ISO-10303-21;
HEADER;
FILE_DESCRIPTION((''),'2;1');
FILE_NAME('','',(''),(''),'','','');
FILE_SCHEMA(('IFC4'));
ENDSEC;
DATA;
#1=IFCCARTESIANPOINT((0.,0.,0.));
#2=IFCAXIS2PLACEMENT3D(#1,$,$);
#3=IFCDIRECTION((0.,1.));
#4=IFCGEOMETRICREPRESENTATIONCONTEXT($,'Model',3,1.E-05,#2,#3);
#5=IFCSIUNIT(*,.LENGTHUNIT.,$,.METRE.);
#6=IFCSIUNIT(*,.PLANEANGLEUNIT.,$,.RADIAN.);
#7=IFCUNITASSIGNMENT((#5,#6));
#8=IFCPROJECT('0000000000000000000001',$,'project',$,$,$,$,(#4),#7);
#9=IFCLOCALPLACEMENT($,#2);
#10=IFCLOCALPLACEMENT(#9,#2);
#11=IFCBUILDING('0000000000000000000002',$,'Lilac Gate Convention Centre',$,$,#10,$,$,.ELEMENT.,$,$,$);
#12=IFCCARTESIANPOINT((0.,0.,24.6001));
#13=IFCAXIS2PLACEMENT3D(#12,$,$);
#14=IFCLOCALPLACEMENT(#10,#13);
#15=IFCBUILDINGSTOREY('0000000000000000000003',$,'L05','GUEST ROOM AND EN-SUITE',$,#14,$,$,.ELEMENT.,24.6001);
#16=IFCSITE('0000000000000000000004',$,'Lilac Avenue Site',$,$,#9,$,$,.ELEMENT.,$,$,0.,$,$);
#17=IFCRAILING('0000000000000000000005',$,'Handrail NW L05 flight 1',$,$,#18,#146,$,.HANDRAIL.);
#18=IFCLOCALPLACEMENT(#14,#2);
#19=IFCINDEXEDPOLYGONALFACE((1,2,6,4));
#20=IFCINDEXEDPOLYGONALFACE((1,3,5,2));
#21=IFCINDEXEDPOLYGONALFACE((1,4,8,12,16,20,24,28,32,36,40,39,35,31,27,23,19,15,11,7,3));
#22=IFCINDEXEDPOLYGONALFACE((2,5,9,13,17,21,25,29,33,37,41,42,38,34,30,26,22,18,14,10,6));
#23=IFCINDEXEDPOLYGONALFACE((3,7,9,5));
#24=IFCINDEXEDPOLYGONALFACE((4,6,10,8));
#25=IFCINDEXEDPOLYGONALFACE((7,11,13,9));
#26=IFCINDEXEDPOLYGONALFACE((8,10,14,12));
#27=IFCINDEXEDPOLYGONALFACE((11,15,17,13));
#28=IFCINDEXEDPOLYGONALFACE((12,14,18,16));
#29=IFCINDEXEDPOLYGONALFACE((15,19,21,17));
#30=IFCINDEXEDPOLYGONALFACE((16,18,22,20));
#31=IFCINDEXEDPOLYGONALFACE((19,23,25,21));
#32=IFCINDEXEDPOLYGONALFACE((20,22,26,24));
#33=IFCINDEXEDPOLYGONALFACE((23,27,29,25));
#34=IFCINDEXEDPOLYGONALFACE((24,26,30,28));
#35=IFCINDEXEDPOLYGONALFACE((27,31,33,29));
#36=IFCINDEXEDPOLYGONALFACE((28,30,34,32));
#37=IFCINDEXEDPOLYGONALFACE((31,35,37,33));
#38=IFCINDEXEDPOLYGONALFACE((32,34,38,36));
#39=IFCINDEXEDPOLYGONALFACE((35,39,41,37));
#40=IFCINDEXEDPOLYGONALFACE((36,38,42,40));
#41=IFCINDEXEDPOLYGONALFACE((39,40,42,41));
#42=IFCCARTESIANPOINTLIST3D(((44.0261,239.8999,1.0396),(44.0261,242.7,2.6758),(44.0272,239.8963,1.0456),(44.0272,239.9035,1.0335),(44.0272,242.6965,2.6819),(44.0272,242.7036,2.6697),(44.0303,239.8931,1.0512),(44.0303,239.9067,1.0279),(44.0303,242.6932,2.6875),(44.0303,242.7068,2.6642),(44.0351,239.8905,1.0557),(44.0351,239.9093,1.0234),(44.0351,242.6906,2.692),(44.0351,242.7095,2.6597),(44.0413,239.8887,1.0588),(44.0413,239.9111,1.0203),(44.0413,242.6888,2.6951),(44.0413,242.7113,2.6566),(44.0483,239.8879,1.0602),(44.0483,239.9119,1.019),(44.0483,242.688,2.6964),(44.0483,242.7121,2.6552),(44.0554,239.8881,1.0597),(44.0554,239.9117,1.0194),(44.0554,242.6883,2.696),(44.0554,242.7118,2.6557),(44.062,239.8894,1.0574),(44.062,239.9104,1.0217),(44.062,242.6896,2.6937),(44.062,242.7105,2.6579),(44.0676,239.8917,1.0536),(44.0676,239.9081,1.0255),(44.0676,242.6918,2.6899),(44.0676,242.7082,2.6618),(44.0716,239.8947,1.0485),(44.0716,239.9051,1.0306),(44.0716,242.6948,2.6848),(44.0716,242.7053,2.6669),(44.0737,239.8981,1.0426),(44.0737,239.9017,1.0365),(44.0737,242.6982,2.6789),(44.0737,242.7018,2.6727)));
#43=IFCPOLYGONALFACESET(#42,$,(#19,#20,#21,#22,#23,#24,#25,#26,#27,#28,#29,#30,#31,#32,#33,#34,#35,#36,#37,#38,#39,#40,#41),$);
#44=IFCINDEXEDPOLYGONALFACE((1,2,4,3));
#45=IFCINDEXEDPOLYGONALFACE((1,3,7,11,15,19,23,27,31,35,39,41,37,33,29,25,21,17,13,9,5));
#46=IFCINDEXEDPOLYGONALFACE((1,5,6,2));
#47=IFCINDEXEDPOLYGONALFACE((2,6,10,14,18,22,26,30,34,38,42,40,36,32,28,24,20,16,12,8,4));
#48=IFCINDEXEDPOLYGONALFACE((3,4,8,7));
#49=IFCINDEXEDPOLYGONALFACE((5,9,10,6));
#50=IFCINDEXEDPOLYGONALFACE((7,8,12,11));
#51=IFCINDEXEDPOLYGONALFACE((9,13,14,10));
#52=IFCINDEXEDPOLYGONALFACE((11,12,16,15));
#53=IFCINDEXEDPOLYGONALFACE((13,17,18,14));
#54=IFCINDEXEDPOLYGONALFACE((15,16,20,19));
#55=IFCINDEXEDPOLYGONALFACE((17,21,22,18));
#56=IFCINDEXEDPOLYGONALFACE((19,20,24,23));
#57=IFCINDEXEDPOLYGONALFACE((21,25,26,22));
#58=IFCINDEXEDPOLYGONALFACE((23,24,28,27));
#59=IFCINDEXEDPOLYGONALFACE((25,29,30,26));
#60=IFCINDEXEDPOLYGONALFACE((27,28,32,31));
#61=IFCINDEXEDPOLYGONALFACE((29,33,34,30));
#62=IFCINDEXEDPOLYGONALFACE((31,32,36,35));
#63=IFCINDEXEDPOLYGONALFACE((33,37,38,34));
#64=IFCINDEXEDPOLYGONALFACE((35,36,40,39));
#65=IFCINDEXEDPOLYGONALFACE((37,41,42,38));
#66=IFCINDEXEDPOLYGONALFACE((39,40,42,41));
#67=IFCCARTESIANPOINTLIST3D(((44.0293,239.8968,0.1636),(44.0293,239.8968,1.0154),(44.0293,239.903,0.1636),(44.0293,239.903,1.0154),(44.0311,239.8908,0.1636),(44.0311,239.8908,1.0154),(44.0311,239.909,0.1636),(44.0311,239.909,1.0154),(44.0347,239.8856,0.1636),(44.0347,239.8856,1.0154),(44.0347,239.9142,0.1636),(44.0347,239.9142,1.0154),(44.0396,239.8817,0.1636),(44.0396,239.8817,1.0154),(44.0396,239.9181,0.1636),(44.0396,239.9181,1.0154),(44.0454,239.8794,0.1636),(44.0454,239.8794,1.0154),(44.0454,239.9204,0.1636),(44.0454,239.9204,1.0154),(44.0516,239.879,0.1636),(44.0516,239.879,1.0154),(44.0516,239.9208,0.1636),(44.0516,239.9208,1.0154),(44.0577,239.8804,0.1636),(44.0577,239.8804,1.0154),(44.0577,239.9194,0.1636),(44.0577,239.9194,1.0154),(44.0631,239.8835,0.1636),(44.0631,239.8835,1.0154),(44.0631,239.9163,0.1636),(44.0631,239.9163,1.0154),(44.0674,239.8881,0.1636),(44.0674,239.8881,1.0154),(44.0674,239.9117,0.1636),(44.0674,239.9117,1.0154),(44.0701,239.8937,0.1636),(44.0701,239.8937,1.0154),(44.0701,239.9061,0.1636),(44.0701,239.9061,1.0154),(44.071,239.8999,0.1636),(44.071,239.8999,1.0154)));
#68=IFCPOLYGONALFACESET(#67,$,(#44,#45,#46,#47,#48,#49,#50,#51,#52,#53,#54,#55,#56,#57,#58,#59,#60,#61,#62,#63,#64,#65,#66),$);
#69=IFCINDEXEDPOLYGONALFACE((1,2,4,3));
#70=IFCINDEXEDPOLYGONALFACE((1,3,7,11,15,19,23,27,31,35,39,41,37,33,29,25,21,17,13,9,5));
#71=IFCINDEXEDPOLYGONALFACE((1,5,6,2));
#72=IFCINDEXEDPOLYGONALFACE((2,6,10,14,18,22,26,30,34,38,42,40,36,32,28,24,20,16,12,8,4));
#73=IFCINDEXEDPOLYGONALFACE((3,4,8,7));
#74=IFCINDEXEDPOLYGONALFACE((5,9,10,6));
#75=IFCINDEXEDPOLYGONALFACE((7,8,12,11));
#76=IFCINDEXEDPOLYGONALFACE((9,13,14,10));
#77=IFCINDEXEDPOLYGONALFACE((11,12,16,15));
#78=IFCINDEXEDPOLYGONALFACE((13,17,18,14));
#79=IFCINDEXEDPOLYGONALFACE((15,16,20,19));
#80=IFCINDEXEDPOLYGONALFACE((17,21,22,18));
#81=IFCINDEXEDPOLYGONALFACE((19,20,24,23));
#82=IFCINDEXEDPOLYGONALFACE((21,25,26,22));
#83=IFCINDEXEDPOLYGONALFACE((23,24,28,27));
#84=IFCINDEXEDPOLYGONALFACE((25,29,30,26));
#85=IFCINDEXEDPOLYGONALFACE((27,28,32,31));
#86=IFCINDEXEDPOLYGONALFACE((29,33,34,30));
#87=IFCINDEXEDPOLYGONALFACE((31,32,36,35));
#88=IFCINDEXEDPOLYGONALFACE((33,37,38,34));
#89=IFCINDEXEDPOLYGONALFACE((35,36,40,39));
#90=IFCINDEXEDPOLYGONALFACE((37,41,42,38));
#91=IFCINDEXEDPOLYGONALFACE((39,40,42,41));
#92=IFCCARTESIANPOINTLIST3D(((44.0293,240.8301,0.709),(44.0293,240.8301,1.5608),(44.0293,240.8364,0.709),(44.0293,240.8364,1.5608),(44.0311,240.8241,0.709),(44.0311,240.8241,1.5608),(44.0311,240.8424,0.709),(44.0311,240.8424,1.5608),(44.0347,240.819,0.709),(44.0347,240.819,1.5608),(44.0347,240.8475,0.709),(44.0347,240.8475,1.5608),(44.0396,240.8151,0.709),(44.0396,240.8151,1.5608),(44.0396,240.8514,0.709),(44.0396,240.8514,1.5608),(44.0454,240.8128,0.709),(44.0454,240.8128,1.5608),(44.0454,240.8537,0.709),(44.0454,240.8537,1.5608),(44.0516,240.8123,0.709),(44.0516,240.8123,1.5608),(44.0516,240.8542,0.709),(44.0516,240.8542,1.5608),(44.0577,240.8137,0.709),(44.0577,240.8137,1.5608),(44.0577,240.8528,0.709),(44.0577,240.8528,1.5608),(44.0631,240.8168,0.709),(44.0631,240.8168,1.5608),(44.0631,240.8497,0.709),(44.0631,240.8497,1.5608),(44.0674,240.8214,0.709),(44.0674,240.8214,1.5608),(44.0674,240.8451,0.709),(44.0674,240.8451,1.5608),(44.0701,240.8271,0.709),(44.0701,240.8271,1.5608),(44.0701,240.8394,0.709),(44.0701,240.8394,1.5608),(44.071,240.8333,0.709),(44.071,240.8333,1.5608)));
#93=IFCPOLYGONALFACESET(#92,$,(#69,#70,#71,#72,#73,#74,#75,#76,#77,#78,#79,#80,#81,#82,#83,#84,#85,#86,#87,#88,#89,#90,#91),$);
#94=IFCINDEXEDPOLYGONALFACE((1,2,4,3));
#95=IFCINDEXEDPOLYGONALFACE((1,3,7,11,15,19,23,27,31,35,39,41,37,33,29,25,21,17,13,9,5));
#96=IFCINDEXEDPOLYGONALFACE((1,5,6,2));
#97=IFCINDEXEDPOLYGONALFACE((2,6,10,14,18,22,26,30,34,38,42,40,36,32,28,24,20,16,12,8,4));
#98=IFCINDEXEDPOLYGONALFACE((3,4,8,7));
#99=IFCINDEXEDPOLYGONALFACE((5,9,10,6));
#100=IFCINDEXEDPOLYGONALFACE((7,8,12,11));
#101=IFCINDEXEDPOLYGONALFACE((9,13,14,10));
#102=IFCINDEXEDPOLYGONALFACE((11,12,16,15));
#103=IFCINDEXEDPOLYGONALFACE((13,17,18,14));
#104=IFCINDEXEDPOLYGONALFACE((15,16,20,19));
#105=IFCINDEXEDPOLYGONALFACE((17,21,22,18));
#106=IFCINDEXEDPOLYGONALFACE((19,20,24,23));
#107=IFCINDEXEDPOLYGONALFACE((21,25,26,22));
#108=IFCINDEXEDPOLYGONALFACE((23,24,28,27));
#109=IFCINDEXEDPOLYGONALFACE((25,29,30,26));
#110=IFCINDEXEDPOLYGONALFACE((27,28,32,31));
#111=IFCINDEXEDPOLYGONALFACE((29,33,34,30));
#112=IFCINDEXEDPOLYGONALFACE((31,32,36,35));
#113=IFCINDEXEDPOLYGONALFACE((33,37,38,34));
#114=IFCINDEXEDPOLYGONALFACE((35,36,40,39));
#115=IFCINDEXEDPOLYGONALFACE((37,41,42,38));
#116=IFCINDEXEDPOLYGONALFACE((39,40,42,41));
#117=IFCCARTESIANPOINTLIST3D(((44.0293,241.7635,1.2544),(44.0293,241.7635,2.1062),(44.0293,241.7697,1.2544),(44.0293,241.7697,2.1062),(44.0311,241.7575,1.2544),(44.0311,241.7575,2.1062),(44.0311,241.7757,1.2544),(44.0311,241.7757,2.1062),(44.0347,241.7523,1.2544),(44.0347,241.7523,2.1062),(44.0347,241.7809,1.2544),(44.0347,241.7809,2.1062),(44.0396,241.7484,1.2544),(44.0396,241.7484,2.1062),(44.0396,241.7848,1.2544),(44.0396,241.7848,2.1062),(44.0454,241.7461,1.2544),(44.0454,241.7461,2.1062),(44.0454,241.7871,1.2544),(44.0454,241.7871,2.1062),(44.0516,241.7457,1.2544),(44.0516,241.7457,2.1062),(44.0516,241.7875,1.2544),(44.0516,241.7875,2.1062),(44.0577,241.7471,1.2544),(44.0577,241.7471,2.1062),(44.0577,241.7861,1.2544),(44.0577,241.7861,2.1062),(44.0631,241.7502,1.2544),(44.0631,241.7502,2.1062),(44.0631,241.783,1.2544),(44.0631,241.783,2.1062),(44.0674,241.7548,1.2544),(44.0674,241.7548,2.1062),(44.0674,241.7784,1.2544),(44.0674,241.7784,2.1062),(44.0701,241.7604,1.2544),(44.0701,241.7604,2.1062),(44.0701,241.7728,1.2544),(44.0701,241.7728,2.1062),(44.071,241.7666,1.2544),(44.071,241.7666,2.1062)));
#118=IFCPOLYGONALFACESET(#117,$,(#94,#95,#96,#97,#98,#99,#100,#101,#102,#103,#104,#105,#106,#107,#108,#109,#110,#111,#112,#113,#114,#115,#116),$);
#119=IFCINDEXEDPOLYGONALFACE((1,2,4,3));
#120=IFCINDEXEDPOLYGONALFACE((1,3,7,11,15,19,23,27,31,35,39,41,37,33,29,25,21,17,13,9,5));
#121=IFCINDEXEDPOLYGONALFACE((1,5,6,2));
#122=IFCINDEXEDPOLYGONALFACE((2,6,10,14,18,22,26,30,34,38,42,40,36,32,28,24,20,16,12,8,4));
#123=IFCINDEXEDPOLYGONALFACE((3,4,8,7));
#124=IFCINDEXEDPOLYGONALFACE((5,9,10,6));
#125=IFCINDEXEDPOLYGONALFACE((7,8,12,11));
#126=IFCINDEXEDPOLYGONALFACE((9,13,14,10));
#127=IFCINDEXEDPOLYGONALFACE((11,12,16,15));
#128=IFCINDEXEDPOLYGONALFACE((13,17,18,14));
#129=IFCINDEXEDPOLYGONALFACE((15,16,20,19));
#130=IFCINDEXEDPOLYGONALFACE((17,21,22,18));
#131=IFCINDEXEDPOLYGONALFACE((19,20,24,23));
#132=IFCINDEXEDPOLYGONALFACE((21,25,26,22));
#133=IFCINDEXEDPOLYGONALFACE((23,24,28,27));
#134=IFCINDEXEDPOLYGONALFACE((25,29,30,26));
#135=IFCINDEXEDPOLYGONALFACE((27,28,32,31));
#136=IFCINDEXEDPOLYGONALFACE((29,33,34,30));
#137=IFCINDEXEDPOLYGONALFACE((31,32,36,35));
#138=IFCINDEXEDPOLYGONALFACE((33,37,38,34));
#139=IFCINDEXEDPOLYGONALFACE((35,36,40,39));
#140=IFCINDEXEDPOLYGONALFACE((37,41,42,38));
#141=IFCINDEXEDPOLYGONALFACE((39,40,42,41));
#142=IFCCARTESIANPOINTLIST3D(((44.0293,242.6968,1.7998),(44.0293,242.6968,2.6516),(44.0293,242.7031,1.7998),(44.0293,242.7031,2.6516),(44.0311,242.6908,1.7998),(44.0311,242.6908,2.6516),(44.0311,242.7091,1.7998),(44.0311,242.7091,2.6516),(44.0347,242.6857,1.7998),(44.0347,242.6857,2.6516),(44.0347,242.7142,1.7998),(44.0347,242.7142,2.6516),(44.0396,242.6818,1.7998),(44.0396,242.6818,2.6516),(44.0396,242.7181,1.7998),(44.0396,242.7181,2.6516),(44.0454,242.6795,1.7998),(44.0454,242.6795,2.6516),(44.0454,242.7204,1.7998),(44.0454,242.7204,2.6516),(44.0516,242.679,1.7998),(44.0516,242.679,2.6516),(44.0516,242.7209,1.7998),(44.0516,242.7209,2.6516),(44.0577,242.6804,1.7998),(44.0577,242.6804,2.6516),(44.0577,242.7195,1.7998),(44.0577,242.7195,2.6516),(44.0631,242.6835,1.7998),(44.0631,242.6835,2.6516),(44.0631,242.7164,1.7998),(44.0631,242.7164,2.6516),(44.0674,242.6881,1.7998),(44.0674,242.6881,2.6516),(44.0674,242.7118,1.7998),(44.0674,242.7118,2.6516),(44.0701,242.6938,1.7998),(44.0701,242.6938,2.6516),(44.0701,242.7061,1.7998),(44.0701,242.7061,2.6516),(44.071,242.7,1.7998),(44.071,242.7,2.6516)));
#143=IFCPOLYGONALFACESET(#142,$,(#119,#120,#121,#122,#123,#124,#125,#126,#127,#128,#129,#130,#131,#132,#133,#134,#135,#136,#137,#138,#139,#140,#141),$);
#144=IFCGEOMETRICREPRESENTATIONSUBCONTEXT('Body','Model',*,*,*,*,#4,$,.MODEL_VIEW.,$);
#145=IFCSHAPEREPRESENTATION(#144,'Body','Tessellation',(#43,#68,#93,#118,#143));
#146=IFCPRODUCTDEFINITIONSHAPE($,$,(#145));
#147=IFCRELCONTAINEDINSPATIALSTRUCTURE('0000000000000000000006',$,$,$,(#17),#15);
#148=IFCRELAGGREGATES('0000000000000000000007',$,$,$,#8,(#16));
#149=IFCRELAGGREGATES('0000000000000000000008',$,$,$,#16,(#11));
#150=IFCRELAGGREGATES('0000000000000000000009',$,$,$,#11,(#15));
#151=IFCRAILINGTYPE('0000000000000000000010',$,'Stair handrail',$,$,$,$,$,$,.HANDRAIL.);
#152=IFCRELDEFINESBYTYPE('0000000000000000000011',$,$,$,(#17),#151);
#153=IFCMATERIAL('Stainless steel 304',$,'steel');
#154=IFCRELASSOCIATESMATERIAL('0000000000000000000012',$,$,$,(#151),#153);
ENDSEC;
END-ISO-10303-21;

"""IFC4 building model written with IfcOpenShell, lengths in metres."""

from ifc_helpers import new_model, si_unit, direction, frame, origin, origin_2d, place, context, subcontext, project, spatial, circle, extrude, material, type_object, element, save


model = new_model("IFC4")

# Units and contexts
model_context = context("Model", 3, precision=1e-05, world=origin(), true_north=direction((0.0, 1.0)))
body_context = subcontext(model_context, "Body", "Model", "MODEL_VIEW")
ifc_project = project(units=[si_unit("LENGTHUNIT", "METRE"), si_unit("PLANEANGLEUNIT", "RADIAN")], contexts=[model_context])

# Site, building, storey
site_placement = place(None, origin())
site = spatial("IfcSite", under=ifc_project, at=site_placement, Name="Lilac Avenue Site", CompositionType="ELEMENT", RefElevation=0.0)
building_placement = place(site_placement, origin())
building = spatial("IfcBuilding", under=site, at=building_placement, Name="Lilac Gate Convention Centre", CompositionType="ELEMENT")
storey_placement = place(building_placement, frame((0.0, 0.0, 24.6001)))
storey = spatial("IfcBuildingStorey", under=building, at=storey_placement, Name="L05", Description="GUEST ROOM AND EN-SUITE", CompositionType="ELEMENT", Elevation=24.6001)

# Railing
ifc_material_1 = material(Name="Stainless steel 304", Category="steel")
railing_type = type_object("IfcRailingType", Name="Stair handrail", PredefinedType="HANDRAIL", material=ifc_material_1)
for number, where, name in (
    (1, (44.05, 239.8999, 0.1636), "Handrail NW L05 flight 1"),
):
    element("IfcRailing", number, at=place(storey_placement, frame(where)), inside=storey, type_object=railing_type, Name=name, PredefinedType="HANDRAIL", context=body_context, shape_type="SweptSolid", body=[
        extrude(circle(Radius=0.0239, at=origin_2d()), frame((0.0, 0.0, 0.876), z_axis=(0.0, 0.863394, 0.504531), x_axis=(-1.0, 0.0, 0.0)), (0.0, 0.0, 1.0), 3.2432),
        extrude(circle(Radius=0.021, at=origin_2d()), origin(), (0.0, 0.0, 1.0), 0.8518),
        extrude(circle(Radius=0.021, at=origin_2d()), frame((0.0, 0.9333, 0.5454)), (0.0, 0.0, 1.0), 0.8518),
        extrude(circle(Radius=0.021, at=origin_2d()), frame((0.0, 1.8667, 1.0908)), (0.0, 0.0, 1.0), 0.8518),
        extrude(circle(Radius=0.021, at=origin_2d()), frame((0.0, 2.8, 1.6362)), (0.0, 0.0, 1.0), 0.8518),
    ])

save(model, "model.ifc")
